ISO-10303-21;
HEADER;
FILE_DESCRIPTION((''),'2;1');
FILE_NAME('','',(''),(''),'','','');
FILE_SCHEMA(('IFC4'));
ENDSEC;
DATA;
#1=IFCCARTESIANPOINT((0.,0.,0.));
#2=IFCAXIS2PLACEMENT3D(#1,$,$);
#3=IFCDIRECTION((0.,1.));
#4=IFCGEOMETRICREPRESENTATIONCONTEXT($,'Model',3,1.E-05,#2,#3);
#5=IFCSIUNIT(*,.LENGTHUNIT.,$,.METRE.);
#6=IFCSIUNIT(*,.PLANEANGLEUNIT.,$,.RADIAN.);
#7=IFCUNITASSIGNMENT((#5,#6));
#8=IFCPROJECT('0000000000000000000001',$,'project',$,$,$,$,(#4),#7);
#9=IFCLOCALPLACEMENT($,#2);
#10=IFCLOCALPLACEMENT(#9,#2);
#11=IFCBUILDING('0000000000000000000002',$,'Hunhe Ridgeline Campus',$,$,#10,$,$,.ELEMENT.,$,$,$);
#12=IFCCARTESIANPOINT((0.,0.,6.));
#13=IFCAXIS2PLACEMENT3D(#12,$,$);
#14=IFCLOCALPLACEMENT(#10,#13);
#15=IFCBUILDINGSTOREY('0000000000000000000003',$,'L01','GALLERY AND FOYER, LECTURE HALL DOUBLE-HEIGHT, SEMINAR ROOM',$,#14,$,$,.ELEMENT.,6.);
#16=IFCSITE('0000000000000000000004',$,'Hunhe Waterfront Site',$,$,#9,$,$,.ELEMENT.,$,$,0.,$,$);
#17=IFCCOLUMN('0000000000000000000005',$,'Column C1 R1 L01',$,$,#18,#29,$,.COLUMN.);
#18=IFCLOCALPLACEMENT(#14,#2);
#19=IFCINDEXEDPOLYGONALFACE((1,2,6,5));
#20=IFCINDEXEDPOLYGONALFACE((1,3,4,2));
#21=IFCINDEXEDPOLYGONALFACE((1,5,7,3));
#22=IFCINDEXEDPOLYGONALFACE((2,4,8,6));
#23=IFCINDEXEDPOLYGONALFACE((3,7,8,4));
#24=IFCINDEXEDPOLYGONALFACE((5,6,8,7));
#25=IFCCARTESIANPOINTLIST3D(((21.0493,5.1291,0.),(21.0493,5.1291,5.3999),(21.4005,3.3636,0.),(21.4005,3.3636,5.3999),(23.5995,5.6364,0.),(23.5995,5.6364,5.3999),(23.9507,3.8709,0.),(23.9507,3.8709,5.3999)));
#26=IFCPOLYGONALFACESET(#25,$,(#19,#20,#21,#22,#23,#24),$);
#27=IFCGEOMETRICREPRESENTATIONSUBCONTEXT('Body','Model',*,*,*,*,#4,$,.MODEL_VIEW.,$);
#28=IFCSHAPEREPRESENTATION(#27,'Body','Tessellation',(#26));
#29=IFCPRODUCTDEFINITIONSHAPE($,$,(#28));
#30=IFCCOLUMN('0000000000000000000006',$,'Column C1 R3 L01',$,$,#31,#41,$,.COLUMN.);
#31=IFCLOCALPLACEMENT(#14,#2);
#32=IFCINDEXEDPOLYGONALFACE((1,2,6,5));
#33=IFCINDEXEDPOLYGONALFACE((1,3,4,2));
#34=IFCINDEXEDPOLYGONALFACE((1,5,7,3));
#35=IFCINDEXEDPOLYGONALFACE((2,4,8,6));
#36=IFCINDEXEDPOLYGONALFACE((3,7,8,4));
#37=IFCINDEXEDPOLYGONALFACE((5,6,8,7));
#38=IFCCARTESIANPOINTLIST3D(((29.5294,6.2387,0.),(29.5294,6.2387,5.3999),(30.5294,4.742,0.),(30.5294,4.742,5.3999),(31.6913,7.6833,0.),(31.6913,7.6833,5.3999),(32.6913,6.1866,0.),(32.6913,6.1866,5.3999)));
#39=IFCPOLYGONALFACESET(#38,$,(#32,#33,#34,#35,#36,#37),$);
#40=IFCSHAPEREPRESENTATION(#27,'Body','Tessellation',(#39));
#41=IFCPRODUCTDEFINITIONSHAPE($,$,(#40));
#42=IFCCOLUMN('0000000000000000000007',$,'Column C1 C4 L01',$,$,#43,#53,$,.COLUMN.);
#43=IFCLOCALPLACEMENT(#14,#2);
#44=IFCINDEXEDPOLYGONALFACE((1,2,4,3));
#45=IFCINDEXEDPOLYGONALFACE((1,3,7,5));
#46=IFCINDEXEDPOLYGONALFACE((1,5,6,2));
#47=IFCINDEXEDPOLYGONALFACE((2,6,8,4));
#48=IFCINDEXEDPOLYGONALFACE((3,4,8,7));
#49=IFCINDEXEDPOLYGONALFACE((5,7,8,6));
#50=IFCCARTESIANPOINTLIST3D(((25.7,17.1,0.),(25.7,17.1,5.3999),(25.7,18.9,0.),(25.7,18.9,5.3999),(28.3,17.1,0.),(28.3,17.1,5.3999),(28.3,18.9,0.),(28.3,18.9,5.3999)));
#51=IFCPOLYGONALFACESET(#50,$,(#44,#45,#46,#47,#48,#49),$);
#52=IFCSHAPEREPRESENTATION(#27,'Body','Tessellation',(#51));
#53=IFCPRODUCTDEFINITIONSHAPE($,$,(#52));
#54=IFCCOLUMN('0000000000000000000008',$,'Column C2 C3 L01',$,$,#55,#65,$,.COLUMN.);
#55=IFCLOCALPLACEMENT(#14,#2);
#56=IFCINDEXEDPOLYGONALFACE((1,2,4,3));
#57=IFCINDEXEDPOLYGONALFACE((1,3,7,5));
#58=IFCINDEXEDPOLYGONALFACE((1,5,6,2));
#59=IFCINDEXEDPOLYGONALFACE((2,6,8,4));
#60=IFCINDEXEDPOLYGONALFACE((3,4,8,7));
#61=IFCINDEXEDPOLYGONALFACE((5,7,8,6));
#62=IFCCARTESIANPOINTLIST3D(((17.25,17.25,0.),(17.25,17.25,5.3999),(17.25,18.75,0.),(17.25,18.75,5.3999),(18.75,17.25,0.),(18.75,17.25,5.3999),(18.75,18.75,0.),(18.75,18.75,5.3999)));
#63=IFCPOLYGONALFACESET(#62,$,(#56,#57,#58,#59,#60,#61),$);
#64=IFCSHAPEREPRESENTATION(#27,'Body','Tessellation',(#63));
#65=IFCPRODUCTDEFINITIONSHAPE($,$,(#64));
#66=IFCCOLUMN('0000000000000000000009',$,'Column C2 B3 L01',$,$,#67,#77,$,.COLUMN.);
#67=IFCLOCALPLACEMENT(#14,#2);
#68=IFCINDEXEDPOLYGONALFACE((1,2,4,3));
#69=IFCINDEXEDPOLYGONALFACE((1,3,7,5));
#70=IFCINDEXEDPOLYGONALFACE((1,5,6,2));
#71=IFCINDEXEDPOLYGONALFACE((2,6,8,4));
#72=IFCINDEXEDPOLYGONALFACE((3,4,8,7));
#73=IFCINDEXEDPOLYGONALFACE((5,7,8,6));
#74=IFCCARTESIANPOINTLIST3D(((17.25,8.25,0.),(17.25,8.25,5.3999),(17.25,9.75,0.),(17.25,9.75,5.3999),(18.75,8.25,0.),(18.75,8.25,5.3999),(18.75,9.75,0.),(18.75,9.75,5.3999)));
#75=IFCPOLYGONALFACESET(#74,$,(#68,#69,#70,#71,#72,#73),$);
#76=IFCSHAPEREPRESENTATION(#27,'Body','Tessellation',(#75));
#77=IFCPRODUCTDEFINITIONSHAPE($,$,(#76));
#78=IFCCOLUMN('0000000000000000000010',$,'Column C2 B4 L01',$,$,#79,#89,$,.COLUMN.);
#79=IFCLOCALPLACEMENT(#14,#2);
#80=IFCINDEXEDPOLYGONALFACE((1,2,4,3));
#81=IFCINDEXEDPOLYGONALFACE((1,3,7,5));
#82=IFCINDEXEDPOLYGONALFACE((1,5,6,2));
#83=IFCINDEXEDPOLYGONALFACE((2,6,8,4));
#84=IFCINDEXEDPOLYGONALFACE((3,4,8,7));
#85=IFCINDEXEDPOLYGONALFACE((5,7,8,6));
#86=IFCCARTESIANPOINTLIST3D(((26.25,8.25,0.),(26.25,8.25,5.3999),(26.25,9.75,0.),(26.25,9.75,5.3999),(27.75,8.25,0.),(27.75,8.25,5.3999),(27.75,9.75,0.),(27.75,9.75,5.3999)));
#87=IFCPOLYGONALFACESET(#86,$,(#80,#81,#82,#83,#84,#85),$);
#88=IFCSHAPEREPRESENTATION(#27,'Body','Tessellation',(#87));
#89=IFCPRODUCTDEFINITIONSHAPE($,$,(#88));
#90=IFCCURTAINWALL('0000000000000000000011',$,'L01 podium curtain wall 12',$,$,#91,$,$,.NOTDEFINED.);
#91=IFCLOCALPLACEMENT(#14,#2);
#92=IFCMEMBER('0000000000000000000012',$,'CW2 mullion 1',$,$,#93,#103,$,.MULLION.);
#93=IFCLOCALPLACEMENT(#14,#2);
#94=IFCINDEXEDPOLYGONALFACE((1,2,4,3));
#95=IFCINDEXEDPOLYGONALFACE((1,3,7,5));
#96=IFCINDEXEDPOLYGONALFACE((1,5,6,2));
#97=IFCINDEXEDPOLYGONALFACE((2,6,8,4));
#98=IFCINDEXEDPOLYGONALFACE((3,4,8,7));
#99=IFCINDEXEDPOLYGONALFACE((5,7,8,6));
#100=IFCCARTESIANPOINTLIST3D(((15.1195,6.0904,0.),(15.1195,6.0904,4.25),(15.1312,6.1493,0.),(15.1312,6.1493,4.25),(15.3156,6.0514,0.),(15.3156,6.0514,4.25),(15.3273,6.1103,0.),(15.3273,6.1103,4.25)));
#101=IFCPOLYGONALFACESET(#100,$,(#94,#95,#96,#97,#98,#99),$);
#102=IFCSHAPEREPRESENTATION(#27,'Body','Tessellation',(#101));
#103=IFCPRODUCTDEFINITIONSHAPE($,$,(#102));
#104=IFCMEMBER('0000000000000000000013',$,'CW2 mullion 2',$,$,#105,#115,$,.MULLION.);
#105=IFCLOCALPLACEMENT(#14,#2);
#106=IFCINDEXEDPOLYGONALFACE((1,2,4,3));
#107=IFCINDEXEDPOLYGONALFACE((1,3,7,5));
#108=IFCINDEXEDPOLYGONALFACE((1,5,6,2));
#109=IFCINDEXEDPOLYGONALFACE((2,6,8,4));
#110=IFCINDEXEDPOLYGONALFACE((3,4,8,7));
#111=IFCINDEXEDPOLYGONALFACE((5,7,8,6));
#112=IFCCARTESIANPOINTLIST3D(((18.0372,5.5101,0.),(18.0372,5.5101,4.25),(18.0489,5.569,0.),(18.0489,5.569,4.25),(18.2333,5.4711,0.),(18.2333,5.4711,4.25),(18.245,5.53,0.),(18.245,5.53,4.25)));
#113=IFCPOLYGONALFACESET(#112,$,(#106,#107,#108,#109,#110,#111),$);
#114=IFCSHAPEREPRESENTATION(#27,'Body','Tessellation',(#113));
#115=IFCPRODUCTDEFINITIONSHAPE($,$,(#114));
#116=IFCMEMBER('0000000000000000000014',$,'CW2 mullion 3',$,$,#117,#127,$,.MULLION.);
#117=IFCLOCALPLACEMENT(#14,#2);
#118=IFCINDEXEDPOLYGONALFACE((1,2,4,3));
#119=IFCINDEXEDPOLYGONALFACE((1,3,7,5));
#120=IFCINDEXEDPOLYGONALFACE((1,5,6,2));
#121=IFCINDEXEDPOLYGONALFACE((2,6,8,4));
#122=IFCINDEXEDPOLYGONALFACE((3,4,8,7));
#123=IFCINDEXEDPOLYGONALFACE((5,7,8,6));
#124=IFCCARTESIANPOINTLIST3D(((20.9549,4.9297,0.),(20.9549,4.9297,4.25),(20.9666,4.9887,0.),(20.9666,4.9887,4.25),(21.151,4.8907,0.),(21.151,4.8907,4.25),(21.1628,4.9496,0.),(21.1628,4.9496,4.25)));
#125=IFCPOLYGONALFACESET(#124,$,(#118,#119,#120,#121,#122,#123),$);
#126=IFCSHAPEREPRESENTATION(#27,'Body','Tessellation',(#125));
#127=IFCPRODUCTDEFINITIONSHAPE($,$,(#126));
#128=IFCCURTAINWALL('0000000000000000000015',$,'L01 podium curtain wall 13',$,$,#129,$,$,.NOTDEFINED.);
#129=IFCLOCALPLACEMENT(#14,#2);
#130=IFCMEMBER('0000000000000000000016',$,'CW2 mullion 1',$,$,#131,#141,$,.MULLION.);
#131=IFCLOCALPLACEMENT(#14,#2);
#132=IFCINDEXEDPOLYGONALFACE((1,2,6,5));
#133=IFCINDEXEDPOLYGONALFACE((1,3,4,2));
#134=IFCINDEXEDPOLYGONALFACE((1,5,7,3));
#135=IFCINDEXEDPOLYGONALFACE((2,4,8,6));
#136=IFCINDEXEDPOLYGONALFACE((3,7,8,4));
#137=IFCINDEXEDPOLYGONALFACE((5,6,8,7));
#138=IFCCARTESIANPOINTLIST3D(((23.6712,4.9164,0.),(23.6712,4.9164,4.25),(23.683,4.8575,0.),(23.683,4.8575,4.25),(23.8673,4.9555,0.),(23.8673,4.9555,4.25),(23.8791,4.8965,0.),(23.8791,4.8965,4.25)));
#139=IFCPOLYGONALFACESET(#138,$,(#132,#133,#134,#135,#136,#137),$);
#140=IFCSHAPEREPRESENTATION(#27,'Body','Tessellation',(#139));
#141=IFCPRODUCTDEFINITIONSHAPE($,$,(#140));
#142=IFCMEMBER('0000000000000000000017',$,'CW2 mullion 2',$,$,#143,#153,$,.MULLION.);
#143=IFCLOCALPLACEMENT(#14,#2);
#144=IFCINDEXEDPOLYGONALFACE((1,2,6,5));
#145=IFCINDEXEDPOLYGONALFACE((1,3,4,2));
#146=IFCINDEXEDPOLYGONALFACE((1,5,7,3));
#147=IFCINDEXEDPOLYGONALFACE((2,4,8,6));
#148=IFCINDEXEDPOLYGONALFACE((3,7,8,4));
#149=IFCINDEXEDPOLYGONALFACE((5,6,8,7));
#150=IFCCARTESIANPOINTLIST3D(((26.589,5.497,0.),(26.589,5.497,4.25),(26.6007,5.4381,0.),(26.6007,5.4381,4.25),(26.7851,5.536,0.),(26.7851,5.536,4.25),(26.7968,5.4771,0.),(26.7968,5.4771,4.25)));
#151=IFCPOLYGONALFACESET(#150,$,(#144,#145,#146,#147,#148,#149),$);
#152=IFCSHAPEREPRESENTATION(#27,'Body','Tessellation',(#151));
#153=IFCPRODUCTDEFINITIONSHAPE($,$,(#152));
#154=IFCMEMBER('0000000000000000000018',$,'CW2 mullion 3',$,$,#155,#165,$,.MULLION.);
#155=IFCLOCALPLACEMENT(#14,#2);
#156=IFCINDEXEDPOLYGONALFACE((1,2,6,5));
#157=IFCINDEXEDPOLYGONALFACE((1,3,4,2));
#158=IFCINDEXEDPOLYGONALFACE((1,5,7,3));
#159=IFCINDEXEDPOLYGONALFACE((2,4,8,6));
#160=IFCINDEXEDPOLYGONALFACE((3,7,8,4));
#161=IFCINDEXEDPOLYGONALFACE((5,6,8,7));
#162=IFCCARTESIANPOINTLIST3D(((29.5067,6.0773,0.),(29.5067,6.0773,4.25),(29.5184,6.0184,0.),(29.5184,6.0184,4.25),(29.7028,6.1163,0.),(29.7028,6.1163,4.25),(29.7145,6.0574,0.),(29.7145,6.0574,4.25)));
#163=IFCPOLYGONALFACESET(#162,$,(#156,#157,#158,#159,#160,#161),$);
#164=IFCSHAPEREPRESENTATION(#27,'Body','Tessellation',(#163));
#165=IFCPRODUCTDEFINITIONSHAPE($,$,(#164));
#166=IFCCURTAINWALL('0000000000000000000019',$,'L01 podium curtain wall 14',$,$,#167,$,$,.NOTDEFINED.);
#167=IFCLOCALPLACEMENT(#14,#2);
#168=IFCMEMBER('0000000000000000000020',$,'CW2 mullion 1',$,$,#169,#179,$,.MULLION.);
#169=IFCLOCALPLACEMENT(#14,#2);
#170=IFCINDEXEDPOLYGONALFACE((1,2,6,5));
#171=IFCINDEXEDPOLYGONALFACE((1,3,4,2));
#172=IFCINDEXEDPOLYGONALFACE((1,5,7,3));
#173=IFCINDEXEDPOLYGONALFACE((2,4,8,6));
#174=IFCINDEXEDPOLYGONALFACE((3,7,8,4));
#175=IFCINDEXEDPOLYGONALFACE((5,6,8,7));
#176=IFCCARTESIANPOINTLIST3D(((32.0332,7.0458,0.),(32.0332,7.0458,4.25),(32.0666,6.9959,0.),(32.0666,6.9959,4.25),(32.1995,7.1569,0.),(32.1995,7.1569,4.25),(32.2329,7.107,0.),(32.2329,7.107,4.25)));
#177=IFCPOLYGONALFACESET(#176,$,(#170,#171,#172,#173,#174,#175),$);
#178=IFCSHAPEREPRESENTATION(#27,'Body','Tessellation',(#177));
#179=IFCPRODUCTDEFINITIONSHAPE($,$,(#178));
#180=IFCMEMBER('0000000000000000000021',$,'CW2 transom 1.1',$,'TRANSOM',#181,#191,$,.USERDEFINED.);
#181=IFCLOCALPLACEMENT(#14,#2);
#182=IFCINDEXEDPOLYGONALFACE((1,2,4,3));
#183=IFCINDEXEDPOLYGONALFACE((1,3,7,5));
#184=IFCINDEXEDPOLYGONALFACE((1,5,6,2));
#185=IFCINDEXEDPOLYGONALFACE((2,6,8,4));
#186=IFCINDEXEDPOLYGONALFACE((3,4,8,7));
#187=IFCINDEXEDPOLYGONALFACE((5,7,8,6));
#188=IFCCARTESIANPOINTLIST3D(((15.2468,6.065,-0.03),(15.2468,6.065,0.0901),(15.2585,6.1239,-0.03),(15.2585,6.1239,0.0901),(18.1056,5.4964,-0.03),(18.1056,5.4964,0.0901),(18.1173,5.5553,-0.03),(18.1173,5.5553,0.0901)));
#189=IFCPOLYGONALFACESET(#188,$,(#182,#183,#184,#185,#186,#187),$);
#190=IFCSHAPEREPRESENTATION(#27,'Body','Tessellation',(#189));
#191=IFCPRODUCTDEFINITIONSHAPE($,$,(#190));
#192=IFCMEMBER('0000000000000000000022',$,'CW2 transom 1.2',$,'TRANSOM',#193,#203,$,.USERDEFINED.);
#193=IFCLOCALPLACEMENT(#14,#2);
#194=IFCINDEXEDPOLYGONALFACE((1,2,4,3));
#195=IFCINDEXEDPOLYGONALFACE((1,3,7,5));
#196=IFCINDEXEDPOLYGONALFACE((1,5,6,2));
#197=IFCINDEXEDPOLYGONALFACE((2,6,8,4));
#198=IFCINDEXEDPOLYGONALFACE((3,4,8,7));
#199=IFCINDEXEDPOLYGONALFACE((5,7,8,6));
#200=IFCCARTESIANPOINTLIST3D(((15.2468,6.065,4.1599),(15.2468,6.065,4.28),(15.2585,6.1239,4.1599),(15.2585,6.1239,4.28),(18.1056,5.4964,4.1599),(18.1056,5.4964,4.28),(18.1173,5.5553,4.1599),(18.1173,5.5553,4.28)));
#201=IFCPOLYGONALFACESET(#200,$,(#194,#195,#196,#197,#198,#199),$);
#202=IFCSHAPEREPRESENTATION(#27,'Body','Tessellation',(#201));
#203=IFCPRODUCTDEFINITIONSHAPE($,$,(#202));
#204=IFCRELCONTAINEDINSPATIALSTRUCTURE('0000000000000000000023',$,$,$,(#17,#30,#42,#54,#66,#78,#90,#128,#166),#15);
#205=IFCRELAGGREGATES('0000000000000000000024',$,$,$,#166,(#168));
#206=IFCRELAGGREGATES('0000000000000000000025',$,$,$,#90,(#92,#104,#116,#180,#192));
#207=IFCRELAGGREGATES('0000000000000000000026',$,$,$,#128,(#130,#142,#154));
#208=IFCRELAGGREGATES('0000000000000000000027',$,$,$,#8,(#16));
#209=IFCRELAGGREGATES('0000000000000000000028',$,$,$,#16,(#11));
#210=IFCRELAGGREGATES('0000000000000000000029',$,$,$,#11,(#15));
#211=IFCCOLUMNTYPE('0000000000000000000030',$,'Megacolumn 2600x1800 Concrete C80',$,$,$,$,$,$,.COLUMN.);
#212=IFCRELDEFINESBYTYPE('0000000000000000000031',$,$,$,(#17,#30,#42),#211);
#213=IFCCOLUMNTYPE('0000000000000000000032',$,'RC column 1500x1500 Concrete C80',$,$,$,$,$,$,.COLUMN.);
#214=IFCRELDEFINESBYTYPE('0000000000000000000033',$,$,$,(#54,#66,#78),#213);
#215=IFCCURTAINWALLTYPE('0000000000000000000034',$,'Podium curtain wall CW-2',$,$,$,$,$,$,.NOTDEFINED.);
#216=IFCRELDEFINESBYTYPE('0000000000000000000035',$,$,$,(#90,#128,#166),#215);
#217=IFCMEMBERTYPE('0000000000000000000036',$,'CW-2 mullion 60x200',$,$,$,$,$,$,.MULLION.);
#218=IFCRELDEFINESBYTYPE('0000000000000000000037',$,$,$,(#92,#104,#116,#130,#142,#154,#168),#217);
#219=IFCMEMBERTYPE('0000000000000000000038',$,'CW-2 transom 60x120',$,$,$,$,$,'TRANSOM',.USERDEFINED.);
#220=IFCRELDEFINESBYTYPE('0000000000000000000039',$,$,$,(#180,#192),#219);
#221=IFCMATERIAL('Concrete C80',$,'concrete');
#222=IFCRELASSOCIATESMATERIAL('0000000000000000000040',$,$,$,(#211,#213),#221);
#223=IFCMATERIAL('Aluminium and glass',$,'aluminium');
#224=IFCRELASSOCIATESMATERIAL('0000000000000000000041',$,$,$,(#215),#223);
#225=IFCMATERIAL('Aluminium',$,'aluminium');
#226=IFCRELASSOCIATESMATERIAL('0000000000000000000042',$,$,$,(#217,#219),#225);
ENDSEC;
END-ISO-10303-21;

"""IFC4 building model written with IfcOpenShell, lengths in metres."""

from ifc_helpers import new_model, si_unit, direction, frame, origin, origin_2d, place, context, subcontext, project, spatial, rectangle, extrude, material, material_profile, profile_set, type_object, element, aggregate, save


model = new_model("IFC4")

# Units and contexts
model_context = context("Model", 3, precision=1e-05, world=origin(), true_north=direction((0.0, 1.0)))
body_context = subcontext(model_context, "Body", "Model", "MODEL_VIEW")
ifc_project = project(units=[si_unit("LENGTHUNIT", "METRE"), si_unit("PLANEANGLEUNIT", "RADIAN")], contexts=[model_context])

# Site, building, storey
site_placement = place(None, origin())
site = spatial("IfcSite", under=ifc_project, at=site_placement, Name="Hunhe Waterfront Site", CompositionType="ELEMENT", RefElevation=0.0)
building_placement = place(site_placement, origin())
building = spatial("IfcBuilding", under=site, at=building_placement, Name="Hunhe Ridgeline Campus", CompositionType="ELEMENT")
storey_placement = place(building_placement, frame((0.0, 0.0, 6.0)))
storey = spatial("IfcBuildingStorey", under=building, at=storey_placement, Name="L01", Description="GALLERY AND FOYER, LECTURE HALL DOUBLE-HEIGHT, SEMINAR ROOM", CompositionType="ELEMENT", Elevation=6.0)

# Columns
ifc_material_1 = material(Name="Concrete C80", Category="concrete")
ifc_material_profile_1 = material_profile(ifc_material_1, rectangle(XDim=2.6001, YDim=1.8, at=origin_2d()))
ifc_profile_set_1 = profile_set([ifc_material_profile_1], Name="Concrete C80")
column_type_1 = type_object("IfcColumnType", Name="Megacolumn 2600x1800 Concrete C80", PredefinedType="COLUMN", material=ifc_profile_set_1)
for number, where, z_axis, x_axis, name in (
    (1, (22.5, 4.5, 0.0), (0.0, 0.0, 1.0), (0.980785, 0.19509, 0.0), "Column C1 R1 L01"),
    (2, (31.1104, 6.2126, 0.0), (0.0, 0.0, 1.0), (0.83147, 0.55557, 0.0), "Column C1 R3 L01"),
    (3, (27.0, 18.0, 0.0), (0.0, 0.0, 1.0), (1.0, 0.0, 0.0), "Column C1 C4 L01"),
):
    element("IfcColumn", number, at=place(storey_placement, frame(where, z_axis=z_axis, x_axis=x_axis)), inside=storey, type_object=column_type_1, Name=name, PredefinedType="COLUMN", context=body_context, shape_type="SweptSolid", body=[
        extrude(rectangle(XDim=2.6001, YDim=1.8, at=origin_2d()), origin(), (0.0, 0.0, 1.0), 5.3999),
    ])
ifc_material_profile_2 = material_profile(ifc_material_1, rectangle(XDim=1.5, YDim=1.5, at=origin_2d()))
ifc_profile_set_2 = profile_set([ifc_material_profile_2], Name="Concrete C80")
column_type_2 = type_object("IfcColumnType", Name="RC column 1500x1500 Concrete C80", PredefinedType="COLUMN", material=ifc_profile_set_2)
for number, where, z_axis, x_axis, name in (
    (4, (18.0, 18.0, 0.0), (0.0, 0.0, 1.0), (1.0, 0.0, 0.0), "Column C2 C3 L01"),
    (5, (18.0, 9.0, 0.0), (0.0, 0.0, 1.0), (1.0, 0.0, 0.0), "Column C2 B3 L01"),
    (6, (27.0, 9.0, 0.0), (0.0, 0.0, 1.0), (1.0, 0.0, 0.0), "Column C2 B4 L01"),
):
    element("IfcColumn", number, at=place(storey_placement, frame(where, z_axis=z_axis, x_axis=x_axis)), inside=storey, type_object=column_type_2, Name=name, PredefinedType="COLUMN", context=body_context, shape_type="SweptSolid", body=[
        extrude(rectangle(XDim=1.5, YDim=1.5, at=origin_2d()), origin(), (0.0, 0.0, 1.0), 5.3999),
    ])

# Curtain walls, members
ifc_material_2 = material(Name="Aluminium and glass", Category="aluminium")
curtain_wall_type = type_object("IfcCurtainWallType", Name="Podium curtain wall CW-2", PredefinedType="NOTDEFINED", material=ifc_material_2)
curtain_wall_1_placement = place(storey_placement, origin())
curtain_wall_1 = element("IfcCurtainWall", 7, at=curtain_wall_1_placement, inside=storey, type_object=curtain_wall_type, Name="L01 podium curtain wall 12", PredefinedType="NOTDEFINED")
ifc_material_3 = material(Name="Aluminium", Category="aluminium")
ifc_material_profile_3 = material_profile(ifc_material_3, rectangle(XDim=0.0601, YDim=0.2, at=origin_2d()))
ifc_profile_set_3 = profile_set([ifc_material_profile_3], Name="Aluminium")
member_type_1 = type_object("IfcMemberType", Name="CW-2 mullion 60x200", PredefinedType="MULLION", material=ifc_profile_set_3)
member_1_placement = place(storey_placement, frame((15.2234, 6.1003, 0.0), z_axis=(0.0, 0.0, 1.0), x_axis=(0.195079, 0.980787, 0.0)))
member_1 = element("IfcMember", 8, at=member_1_placement, type_object=member_type_1, Name="CW2 mullion 1", PredefinedType="MULLION", context=body_context, shape_type="SweptSolid", body=[
    extrude(rectangle(XDim=0.0601, YDim=0.2, at=origin_2d()), origin(), (0.0, 0.0, 1.0), 4.25),
])
member_2_placement = place(storey_placement, frame((18.1411, 5.52, 0.0), z_axis=(0.0, 0.0, 1.0), x_axis=(0.195079, 0.980787, 0.0)))
member_2 = element("IfcMember", 9, at=member_2_placement, type_object=member_type_1, Name="CW2 mullion 2", PredefinedType="MULLION", context=body_context, shape_type="SweptSolid", body=[
    extrude(rectangle(XDim=0.0601, YDim=0.2, at=origin_2d()), origin(), (0.0, 0.0, 1.0), 4.25),
])
member_3_placement = place(storey_placement, frame((21.0588, 4.9397, 0.0), z_axis=(0.0, 0.0, 1.0), x_axis=(0.195079, 0.980787, 0.0)))
member_3 = element("IfcMember", 10, at=member_3_placement, type_object=member_type_1, Name="CW2 mullion 3", PredefinedType="MULLION", context=body_context, shape_type="SweptSolid", body=[
    extrude(rectangle(XDim=0.0601, YDim=0.2, at=origin_2d()), origin(), (0.0, 0.0, 1.0), 4.25),
])
curtain_wall_2_placement = place(storey_placement, origin())
curtain_wall_2 = element("IfcCurtainWall", 11, at=curtain_wall_2_placement, inside=storey, type_object=curtain_wall_type, Name="L01 podium curtain wall 13", PredefinedType="NOTDEFINED")
member_4_placement = place(storey_placement, frame((23.7751, 4.9065, 0.0), z_axis=(0.0, 0.0, 1.0), x_axis=(-0.195098, 0.980784, 0.0)))
member_4 = element("IfcMember", 12, at=member_4_placement, type_object=member_type_1, Name="CW2 mullion 1", PredefinedType="MULLION", context=body_context, shape_type="SweptSolid", body=[
    extrude(rectangle(XDim=0.0601, YDim=0.2, at=origin_2d()), origin(), (0.0, 0.0, 1.0), 4.25),
])
member_5_placement = place(storey_placement, frame((26.6929, 5.4871, 0.0), z_axis=(0.0, 0.0, 1.0), x_axis=(-0.195098, 0.980784, 0.0)))
member_5 = element("IfcMember", 13, at=member_5_placement, type_object=member_type_1, Name="CW2 mullion 2", PredefinedType="MULLION", context=body_context, shape_type="SweptSolid", body=[
    extrude(rectangle(XDim=0.0601, YDim=0.2, at=origin_2d()), origin(), (0.0, 0.0, 1.0), 4.25),
])
member_6_placement = place(storey_placement, frame((29.6106, 6.0674, 0.0), z_axis=(0.0, 0.0, 1.0), x_axis=(-0.195098, 0.980784, 0.0)))
member_6 = element("IfcMember", 14, at=member_6_placement, type_object=member_type_1, Name="CW2 mullion 3", PredefinedType="MULLION", context=body_context, shape_type="SweptSolid", body=[
    extrude(rectangle(XDim=0.0601, YDim=0.2, at=origin_2d()), origin(), (0.0, 0.0, 1.0), 4.25),
])

# Curtain wall, member
curtain_wall_3_placement = place(storey_placement, origin())
curtain_wall_3 = element("IfcCurtainWall", 15, at=curtain_wall_3_placement, inside=storey, type_object=curtain_wall_type, Name="L01 podium curtain wall 14", PredefinedType="NOTDEFINED")
member_7_placement = place(storey_placement, frame((32.1331, 7.0764, 0.0), z_axis=(0.0, 0.0, 1.0), x_axis=(-0.555579, 0.831464, 0.0)))
member_7 = element("IfcMember", 16, at=member_7_placement, type_object=member_type_1, Name="CW2 mullion 1", PredefinedType="MULLION", context=body_context, shape_type="SweptSolid", body=[
    extrude(rectangle(XDim=0.0601, YDim=0.2, at=origin_2d()), origin(), (0.0, 0.0, 1.0), 4.25),
])

# Members
ifc_material_profile_4 = material_profile(ifc_material_3, rectangle(XDim=0.0601, YDim=0.1201, at=origin_2d()))
ifc_profile_set_4 = profile_set([ifc_material_profile_4], Name="Aluminium")
member_type_2 = type_object("IfcMemberType", Name="CW-2 transom 60x120", ElementType="TRANSOM", PredefinedType="USERDEFINED", material=ifc_profile_set_4)
member_8_placement = place(storey_placement, frame((15.2527, 6.0945, 0.03), z_axis=(0.98079, -0.195069, 0.0), x_axis=(0.195069, 0.98079, 0.0)))
member_8 = element("IfcMember", 17, at=member_8_placement, type_object=member_type_2, Name="CW2 transom 1.1", ObjectType="TRANSOM", PredefinedType="USERDEFINED", context=body_context, shape_type="SweptSolid", body=[
    extrude(rectangle(XDim=0.0601, YDim=0.1201, at=origin_2d()), origin(), (0.0, 0.0, 1.0), 2.9148),
])
member_9_placement = place(storey_placement, frame((15.2527, 6.0945, 4.22), z_axis=(0.98079, -0.195069, 0.0), x_axis=(0.195069, 0.98079, 0.0)))
member_9 = element("IfcMember", 18, at=member_9_placement, type_object=member_type_2, Name="CW2 transom 1.2", ObjectType="TRANSOM", PredefinedType="USERDEFINED", context=body_context, shape_type="SweptSolid", body=[
    extrude(rectangle(XDim=0.0601, YDim=0.1201, at=origin_2d()), origin(), (0.0, 0.0, 1.0), 2.9148),
])
aggregate(curtain_wall_3, [member_7])

aggregate(curtain_wall_1, [member_1, member_2, member_3, member_8, member_9])
aggregate(curtain_wall_2, [member_4, member_5, member_6])

save(model, "model.ifc")
